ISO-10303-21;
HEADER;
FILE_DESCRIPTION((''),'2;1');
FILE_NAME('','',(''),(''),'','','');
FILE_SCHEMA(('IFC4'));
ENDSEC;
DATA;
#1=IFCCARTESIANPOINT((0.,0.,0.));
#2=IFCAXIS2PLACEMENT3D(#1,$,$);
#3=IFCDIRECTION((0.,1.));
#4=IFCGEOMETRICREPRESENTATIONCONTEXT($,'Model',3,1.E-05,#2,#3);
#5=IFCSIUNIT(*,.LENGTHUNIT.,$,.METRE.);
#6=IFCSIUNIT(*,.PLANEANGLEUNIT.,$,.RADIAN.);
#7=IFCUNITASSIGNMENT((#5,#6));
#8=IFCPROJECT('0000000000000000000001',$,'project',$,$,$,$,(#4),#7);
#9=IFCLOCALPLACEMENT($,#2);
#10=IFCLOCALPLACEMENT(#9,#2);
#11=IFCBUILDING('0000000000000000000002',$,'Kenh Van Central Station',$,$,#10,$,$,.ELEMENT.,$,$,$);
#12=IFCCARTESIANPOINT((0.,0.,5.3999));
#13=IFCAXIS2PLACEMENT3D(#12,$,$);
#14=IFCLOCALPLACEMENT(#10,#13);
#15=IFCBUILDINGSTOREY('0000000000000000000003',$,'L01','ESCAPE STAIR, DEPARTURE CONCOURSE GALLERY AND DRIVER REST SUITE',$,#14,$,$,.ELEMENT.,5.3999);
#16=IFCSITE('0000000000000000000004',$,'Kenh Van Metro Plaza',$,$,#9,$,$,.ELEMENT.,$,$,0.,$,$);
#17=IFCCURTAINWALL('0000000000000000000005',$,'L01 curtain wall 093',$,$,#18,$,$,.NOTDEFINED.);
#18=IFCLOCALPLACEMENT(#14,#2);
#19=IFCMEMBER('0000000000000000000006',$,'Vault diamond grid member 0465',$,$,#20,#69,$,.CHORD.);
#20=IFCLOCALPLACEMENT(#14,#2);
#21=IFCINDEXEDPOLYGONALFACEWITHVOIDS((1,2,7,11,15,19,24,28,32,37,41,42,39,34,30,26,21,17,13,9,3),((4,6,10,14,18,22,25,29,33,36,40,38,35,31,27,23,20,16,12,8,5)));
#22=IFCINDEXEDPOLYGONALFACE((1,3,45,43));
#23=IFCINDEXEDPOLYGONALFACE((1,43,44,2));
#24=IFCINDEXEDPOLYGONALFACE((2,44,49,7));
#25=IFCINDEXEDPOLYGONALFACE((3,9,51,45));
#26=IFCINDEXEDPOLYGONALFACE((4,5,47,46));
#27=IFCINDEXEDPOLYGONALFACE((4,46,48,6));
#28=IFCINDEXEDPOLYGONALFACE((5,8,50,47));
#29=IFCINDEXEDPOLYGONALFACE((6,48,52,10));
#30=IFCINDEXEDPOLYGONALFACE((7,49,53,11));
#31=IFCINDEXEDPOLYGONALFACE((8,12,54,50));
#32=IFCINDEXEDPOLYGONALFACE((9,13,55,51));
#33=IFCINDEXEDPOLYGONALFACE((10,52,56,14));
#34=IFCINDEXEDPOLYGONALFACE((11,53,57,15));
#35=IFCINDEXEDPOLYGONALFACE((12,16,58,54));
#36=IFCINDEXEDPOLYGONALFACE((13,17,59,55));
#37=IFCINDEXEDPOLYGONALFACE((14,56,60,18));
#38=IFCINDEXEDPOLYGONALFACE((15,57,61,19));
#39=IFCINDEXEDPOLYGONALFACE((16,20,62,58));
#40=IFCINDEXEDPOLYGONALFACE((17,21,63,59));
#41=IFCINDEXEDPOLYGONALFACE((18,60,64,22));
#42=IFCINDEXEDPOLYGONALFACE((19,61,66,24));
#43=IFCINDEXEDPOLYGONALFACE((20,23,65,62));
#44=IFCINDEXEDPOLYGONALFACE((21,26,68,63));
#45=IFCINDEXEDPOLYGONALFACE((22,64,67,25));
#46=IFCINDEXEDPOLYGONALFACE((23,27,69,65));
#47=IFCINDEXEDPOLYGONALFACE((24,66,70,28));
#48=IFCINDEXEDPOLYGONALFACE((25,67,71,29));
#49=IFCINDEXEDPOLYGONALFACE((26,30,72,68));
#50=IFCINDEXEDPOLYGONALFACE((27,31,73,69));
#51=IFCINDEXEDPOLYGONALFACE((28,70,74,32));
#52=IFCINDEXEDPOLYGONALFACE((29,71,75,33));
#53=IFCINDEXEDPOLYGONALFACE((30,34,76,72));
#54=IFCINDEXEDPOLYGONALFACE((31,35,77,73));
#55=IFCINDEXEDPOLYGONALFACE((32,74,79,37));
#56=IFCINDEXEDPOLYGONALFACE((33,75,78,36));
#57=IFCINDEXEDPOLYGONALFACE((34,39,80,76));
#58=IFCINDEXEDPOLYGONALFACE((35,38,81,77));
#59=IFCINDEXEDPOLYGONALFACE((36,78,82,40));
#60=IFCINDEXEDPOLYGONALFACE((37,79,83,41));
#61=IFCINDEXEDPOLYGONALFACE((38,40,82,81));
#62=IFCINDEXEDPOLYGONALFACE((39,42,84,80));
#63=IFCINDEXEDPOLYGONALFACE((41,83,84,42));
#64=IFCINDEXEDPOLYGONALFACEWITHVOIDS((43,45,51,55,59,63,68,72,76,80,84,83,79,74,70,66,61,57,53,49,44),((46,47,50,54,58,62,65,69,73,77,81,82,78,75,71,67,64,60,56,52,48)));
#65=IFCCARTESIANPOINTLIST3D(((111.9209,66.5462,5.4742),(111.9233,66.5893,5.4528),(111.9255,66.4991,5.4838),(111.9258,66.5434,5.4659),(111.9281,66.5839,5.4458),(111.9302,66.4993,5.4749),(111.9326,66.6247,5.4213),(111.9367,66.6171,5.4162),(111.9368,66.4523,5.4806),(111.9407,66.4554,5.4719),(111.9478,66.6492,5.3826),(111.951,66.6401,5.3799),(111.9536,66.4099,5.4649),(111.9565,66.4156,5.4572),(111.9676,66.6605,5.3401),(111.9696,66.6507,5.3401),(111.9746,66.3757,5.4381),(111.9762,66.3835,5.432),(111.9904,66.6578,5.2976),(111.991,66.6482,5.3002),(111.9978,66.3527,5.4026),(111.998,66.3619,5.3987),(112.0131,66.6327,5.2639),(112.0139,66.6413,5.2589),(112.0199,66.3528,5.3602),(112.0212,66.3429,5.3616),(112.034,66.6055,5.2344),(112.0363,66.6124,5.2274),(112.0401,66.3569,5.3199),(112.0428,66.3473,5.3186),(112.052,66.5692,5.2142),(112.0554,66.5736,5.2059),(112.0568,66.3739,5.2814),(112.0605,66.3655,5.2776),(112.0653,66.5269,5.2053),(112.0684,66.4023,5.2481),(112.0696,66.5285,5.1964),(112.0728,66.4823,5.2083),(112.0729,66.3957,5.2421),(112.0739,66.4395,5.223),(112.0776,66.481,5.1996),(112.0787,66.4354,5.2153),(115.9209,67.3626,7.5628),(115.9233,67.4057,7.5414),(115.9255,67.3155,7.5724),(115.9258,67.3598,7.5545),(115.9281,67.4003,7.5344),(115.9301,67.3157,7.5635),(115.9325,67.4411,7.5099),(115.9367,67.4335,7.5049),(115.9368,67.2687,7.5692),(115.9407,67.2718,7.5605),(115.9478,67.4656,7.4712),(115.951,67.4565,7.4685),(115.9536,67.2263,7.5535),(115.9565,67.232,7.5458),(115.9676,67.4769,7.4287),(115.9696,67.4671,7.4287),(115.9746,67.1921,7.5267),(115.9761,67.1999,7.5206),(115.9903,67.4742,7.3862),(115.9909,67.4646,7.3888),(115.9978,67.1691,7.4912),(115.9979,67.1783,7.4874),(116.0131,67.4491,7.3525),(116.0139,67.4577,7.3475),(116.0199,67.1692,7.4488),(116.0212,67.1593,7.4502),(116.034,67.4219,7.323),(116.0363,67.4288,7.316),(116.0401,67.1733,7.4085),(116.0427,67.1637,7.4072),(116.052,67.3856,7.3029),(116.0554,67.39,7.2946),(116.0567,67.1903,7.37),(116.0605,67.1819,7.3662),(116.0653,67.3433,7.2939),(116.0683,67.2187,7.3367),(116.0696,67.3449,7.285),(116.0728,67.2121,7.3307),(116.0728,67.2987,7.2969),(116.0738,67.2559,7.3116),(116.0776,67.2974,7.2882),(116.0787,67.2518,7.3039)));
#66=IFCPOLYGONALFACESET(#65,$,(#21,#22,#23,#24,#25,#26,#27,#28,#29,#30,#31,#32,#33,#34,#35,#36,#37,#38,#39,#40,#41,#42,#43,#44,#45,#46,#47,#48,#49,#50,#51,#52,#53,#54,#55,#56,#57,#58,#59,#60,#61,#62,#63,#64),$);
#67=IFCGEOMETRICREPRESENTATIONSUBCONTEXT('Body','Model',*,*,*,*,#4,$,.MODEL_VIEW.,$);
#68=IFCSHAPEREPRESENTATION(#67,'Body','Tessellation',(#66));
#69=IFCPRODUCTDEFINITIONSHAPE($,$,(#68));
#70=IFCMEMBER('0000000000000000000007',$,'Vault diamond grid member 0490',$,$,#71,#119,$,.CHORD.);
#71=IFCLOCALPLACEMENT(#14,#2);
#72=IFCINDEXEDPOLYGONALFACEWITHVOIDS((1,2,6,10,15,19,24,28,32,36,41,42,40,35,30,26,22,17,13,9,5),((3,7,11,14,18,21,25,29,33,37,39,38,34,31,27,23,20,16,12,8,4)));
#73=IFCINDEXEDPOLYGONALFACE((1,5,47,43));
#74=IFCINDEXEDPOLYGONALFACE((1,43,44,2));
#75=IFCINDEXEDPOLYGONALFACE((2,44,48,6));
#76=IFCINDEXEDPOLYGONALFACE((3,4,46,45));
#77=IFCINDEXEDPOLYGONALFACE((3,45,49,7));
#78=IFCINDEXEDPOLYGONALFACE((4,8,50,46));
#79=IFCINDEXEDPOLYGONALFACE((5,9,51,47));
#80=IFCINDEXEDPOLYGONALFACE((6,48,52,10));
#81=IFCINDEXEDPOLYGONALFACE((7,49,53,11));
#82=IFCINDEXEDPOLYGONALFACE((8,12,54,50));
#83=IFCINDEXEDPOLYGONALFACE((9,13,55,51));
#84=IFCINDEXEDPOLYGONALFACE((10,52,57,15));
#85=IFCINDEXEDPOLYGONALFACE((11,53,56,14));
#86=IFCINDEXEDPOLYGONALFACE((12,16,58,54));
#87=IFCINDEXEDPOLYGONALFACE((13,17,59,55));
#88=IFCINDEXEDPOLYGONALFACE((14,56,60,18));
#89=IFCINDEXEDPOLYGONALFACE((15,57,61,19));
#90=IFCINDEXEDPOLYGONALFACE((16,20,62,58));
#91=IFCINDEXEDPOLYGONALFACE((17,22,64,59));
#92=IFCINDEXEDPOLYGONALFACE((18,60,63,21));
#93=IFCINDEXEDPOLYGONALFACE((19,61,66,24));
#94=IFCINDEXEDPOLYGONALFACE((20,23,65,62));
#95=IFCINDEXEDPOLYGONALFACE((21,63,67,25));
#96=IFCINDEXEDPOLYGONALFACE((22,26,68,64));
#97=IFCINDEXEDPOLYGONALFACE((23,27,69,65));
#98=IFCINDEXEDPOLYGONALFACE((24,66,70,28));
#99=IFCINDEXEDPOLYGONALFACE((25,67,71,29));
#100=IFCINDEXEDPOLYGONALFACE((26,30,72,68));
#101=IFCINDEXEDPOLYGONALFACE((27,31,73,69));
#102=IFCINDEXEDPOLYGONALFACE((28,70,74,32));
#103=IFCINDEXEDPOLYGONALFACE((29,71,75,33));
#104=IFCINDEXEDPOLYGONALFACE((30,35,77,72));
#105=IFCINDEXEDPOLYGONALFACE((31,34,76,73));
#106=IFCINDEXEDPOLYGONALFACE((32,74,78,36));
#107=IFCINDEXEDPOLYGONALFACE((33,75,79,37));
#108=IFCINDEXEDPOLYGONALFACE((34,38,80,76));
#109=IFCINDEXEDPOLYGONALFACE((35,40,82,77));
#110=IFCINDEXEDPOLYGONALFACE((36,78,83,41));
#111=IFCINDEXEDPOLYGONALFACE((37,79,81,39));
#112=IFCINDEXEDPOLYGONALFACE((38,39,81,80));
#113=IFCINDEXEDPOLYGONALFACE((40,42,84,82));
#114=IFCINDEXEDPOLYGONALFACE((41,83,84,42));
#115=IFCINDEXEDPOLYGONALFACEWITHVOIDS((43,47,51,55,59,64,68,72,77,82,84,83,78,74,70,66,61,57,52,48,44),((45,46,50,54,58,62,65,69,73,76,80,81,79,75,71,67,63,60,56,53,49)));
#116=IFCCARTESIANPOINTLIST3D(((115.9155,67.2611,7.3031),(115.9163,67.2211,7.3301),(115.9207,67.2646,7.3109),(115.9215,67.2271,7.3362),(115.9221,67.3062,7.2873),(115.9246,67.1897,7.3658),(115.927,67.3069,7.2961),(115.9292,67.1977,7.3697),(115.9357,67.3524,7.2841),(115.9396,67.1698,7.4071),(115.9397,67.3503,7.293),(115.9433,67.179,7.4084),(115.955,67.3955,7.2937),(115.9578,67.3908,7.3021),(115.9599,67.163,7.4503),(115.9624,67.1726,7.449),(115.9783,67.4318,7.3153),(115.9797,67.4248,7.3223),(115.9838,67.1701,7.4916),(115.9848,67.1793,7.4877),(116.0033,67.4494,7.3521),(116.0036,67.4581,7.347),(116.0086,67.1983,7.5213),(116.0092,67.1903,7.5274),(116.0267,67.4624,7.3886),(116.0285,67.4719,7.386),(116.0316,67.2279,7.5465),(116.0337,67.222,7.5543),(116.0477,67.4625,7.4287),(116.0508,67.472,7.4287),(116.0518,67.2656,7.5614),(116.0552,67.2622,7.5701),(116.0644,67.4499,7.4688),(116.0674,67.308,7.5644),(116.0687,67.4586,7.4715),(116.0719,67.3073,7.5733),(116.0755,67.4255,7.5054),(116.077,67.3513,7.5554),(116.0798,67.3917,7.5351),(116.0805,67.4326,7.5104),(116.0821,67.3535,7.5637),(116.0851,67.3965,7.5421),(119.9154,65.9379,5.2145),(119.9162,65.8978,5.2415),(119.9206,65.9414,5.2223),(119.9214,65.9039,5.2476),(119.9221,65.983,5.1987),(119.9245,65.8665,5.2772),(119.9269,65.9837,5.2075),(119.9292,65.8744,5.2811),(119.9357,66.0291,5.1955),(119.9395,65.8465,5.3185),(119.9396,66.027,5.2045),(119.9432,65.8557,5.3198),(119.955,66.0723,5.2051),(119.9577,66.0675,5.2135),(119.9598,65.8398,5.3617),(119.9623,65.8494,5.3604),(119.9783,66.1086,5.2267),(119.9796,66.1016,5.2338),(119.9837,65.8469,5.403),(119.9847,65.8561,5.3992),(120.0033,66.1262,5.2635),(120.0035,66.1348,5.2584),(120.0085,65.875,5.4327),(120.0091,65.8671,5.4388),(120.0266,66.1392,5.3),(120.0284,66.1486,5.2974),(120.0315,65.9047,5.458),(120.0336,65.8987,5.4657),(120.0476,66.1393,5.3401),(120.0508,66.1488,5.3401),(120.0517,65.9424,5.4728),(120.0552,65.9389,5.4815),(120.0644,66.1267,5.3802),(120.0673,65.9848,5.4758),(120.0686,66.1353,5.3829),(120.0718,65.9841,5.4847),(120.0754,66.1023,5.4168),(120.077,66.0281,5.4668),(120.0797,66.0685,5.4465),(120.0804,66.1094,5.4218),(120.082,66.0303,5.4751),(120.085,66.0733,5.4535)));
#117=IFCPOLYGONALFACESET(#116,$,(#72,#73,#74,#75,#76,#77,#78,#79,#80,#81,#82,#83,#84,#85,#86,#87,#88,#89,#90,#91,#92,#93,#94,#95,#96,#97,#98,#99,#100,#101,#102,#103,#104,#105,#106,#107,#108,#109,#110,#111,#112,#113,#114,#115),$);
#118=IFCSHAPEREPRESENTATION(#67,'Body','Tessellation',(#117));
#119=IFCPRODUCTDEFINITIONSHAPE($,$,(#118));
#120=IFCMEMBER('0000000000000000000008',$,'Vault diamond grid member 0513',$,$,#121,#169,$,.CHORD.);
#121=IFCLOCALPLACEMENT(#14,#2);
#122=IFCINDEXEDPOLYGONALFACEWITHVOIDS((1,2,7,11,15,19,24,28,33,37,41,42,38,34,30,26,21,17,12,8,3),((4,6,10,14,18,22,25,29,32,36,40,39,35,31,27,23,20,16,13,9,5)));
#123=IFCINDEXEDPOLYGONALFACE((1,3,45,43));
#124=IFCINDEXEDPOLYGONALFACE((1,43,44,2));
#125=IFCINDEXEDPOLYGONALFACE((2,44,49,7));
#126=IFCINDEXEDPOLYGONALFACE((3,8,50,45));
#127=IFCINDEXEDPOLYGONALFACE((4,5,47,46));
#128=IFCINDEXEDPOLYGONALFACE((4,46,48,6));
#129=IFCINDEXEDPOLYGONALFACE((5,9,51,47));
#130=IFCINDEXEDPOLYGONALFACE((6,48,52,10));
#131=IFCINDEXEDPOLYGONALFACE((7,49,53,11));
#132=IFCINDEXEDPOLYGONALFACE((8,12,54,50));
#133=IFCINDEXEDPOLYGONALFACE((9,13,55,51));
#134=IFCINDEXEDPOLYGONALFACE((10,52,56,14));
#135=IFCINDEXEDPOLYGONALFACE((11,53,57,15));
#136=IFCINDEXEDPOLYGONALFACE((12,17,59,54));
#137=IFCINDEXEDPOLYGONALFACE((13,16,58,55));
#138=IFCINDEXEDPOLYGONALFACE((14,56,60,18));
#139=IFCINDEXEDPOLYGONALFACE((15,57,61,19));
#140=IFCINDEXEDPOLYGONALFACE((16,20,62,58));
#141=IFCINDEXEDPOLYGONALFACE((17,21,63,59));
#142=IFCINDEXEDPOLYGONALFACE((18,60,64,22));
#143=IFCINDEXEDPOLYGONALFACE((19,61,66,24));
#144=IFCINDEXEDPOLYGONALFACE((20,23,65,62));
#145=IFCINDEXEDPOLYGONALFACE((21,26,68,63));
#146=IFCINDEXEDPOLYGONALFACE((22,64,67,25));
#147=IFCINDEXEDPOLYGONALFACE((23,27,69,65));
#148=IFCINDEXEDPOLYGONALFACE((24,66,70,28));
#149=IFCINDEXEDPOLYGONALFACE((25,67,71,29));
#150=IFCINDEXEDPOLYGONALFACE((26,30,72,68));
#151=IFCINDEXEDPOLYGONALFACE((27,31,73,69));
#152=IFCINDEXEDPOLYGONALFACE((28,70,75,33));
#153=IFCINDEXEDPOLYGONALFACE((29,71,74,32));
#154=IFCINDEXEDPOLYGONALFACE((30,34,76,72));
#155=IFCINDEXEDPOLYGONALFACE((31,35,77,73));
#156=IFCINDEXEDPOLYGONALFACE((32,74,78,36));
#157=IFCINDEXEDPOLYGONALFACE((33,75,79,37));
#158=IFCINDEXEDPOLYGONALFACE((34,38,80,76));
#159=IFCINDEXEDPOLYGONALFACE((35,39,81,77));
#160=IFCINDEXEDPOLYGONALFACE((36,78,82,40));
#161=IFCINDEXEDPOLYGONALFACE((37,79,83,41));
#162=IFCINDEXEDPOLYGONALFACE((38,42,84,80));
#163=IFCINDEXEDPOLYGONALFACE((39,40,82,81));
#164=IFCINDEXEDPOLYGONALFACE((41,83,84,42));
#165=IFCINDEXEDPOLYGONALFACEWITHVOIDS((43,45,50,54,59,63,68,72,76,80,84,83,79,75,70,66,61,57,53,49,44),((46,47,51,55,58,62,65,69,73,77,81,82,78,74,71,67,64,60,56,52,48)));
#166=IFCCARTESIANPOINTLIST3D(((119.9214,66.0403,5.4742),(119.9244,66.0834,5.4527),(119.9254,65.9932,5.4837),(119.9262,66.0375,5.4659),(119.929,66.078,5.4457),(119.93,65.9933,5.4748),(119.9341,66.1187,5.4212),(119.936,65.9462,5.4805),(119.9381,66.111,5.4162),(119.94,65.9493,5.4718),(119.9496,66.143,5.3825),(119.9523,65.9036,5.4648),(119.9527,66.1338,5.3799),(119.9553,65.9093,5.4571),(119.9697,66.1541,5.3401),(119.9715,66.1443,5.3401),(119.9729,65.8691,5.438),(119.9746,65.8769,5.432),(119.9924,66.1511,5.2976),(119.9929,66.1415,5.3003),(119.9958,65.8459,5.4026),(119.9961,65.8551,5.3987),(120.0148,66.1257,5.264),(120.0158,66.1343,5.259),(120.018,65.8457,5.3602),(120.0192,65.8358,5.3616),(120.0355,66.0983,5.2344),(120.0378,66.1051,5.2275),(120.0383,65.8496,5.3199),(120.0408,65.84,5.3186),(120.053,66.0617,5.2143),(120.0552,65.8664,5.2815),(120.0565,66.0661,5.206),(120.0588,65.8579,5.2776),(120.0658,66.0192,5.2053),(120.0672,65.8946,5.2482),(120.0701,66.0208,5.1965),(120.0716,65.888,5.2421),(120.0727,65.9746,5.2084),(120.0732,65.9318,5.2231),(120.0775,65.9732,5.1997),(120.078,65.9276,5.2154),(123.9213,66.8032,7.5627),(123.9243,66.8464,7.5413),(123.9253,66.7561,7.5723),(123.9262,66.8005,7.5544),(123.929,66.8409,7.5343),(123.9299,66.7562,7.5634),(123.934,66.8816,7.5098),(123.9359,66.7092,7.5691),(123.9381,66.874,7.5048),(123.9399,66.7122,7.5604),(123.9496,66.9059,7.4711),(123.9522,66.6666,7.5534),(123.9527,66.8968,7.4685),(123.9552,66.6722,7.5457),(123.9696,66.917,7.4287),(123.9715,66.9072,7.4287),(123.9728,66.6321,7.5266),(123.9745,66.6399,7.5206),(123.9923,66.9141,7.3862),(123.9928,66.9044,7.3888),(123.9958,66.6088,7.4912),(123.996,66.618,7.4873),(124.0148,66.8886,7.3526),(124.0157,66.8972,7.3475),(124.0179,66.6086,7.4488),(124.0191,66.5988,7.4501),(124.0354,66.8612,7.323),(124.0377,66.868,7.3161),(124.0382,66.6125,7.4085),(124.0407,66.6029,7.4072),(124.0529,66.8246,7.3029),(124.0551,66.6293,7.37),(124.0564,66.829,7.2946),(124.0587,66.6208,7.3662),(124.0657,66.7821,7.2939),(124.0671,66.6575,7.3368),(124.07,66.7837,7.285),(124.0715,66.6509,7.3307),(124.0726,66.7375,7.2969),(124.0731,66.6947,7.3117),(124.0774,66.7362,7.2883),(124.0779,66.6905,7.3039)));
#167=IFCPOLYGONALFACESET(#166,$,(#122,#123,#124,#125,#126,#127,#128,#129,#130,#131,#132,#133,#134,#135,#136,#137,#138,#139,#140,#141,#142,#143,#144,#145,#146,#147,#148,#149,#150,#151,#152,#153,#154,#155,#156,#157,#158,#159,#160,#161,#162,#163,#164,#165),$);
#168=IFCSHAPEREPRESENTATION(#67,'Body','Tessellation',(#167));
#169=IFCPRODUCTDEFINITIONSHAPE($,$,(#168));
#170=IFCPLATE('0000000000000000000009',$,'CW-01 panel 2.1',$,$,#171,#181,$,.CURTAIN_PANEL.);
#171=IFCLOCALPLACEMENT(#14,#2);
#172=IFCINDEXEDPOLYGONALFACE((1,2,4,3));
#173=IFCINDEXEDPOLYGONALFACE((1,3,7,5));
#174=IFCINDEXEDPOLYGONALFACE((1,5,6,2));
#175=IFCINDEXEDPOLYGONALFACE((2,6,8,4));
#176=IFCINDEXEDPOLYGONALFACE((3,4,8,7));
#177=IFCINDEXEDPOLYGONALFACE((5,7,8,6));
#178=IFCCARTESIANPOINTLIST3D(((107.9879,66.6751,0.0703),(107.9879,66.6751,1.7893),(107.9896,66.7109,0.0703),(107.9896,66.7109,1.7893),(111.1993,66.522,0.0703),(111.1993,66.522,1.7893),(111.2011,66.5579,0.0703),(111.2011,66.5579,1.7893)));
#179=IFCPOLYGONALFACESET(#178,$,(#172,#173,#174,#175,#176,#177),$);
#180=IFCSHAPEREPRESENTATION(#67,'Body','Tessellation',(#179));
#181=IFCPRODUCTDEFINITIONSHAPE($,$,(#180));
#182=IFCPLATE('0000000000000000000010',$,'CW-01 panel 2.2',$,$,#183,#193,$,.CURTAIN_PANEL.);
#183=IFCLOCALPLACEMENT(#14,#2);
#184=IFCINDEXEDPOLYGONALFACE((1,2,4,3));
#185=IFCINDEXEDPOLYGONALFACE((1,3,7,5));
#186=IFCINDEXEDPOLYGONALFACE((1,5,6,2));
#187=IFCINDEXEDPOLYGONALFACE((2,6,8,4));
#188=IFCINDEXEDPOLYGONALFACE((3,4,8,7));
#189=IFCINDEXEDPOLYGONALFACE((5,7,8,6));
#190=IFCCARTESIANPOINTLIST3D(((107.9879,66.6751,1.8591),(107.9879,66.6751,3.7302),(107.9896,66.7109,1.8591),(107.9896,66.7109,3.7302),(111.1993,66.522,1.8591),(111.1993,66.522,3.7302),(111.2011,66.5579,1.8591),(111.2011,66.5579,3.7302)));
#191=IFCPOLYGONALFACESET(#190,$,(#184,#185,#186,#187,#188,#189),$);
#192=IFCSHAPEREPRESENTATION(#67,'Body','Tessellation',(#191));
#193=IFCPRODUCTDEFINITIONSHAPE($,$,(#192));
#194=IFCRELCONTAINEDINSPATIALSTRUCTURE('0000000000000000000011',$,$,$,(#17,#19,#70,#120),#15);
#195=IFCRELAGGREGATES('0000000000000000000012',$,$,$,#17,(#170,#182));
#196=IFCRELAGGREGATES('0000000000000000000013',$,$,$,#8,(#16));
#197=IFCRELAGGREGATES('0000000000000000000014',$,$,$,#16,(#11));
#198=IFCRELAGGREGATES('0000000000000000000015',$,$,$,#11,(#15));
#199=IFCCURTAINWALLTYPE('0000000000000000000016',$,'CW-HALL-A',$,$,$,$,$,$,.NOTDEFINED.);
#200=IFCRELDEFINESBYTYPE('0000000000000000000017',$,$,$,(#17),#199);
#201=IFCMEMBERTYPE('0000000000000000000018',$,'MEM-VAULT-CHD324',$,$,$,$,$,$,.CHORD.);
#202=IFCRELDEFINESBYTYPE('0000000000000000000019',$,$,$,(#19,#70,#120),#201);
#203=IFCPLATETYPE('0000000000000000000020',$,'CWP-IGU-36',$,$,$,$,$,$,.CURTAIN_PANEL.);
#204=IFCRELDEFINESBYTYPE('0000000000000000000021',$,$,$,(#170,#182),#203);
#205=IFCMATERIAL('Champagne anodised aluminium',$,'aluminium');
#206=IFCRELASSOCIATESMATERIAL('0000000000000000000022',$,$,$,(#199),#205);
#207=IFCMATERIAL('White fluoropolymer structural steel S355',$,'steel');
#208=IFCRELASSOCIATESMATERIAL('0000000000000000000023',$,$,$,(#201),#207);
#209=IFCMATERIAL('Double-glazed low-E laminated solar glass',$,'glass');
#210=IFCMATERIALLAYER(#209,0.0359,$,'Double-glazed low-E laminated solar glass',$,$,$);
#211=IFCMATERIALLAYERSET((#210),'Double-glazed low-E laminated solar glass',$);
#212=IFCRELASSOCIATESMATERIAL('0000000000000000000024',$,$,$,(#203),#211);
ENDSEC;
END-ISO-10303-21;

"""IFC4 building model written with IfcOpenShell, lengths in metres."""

from ifc_helpers import new_model, si_unit, direction, frame, origin, origin_2d, place, context, subcontext, project, spatial, rectangle, hollow_circle, extrude, material, layer, layer_set, material_profile, profile_set, type_object, element, aggregate, save


model = new_model("IFC4")

# Units and contexts
model_context = context("Model", 3, precision=1e-05, world=origin(), true_north=direction((0.0, 1.0)))
body_context = subcontext(model_context, "Body", "Model", "MODEL_VIEW")
ifc_project = project(units=[si_unit("LENGTHUNIT", "METRE"), si_unit("PLANEANGLEUNIT", "RADIAN")], contexts=[model_context])

# Site, building, storey
site_placement = place(None, origin())
site = spatial("IfcSite", under=ifc_project, at=site_placement, Name="Kenh Van Metro Plaza", CompositionType="ELEMENT", RefElevation=0.0)
building_placement = place(site_placement, origin())
building = spatial("IfcBuilding", under=site, at=building_placement, Name="Kenh Van Central Station", CompositionType="ELEMENT")
storey_placement = place(building_placement, frame((0.0, 0.0, 5.3999)))
storey = spatial("IfcBuildingStorey", under=building, at=storey_placement, Name="L01", Description="ESCAPE STAIR, DEPARTURE CONCOURSE GALLERY AND DRIVER REST SUITE", CompositionType="ELEMENT", Elevation=5.3999)

# Shared definitions
ifc_material_1 = material(Name="White fluoropolymer structural steel S355", Category="steel")

# Shared definitions
ifc_material_2 = material(Name="Champagne anodised aluminium", Category="aluminium")

# Curtain wall
curtain_wall_type_1 = type_object("IfcCurtainWallType", Name="CW-HALL-A", PredefinedType="NOTDEFINED", material=ifc_material_2)
curtain_wall_1_placement = place(storey_placement, origin())
curtain_wall_1 = element("IfcCurtainWall", 1, at=curtain_wall_1_placement, inside=storey, type_object=curtain_wall_type_1, Name="L01 curtain wall 093", PredefinedType="NOTDEFINED")

# Members
ifc_material_profile_1 = material_profile(ifc_material_1, hollow_circle(Radius=0.1619, WallThickness=0.01, at=origin_2d()), Name="CHS 323.9x10")
ifc_profile_set_1 = profile_set([ifc_material_profile_1], Name="White fluoropolymer structural steel S355")
member_type_1 = type_object("IfcMemberType", Name="MEM-VAULT-CHD324", PredefinedType="CHORD", material=ifc_profile_set_1)
member_1_placement = place(storey_placement, frame((112.0, 66.502, 5.3401), z_axis=(0.872272, 0.178032, 0.455462), x_axis=(-0.199979, 0.9798, 0.0)))
element("IfcMember", 2, at=member_1_placement, inside=storey, type_object=member_type_1, Name="Vault diamond grid member 0465", PredefinedType="CHORD", context=body_context, shape_type="SweptSolid", body=[
    extrude(hollow_circle(Radius=0.1619, WallThickness=0.01, at=origin_2d()), origin(), (0.0, 0.0, 1.0), 4.5857),
])
member_2_placement = place(storey_placement, frame((116.0, 67.3184, 7.4287), z_axis=(0.850615, -0.281392, -0.444154), x_axis=(0.314071, 0.949399, 0.0)))
element("IfcMember", 3, at=member_2_placement, inside=storey, type_object=member_type_1, Name="Vault diamond grid member 0490", PredefinedType="CHORD", context=body_context, shape_type="SweptSolid", body=[
    extrude(hollow_circle(Radius=0.1619, WallThickness=0.01, at=origin_2d()), origin(), (0.0, 0.0, 1.0), 4.7024),
])
member_3_placement = place(storey_placement, frame((120.0, 65.9951, 5.3401), z_axis=(0.874029, 0.166708, 0.456379), x_axis=(-0.187357, 0.982292, 0.0)))
element("IfcMember", 4, at=member_3_placement, inside=storey, type_object=member_type_1, Name="Vault diamond grid member 0513", PredefinedType="CHORD", context=body_context, shape_type="SweptSolid", body=[
    extrude(hollow_circle(Radius=0.1619, WallThickness=0.01, at=origin_2d()), origin(), (0.0, 0.0, 1.0), 4.5764),
])

# Plates
ifc_material_3 = material(Name="Double-glazed low-E laminated solar glass", Category="glass")
ifc_layer_1 = layer(ifc_material_3, 0.0359, Name="Double-glazed low-E laminated solar glass")
ifc_layer_set_1 = layer_set([ifc_layer_1], Name="Double-glazed low-E laminated solar glass")
plate_type = type_object("IfcPlateType", Name="CWP-IGU-36", PredefinedType="CURTAIN_PANEL", material=ifc_layer_set_1)
plate_1_placement = place(storey_placement, frame((109.5945, 66.6165, 0.0703), z_axis=(0.0, 0.0, 1.0), x_axis=(0.998866, -0.047601, 0.0)))
plate_1 = element("IfcPlate", 5, at=plate_1_placement, type_object=plate_type, Name="CW-01 panel 2.1", PredefinedType="CURTAIN_PANEL", context=body_context, shape_type="SweptSolid", body=[
    extrude(rectangle(XDim=3.2151, YDim=0.0359, at=origin_2d()), origin(), (0.0, 0.0, 1.0), 1.719),
])
plate_2_placement = place(storey_placement, frame((109.5945, 66.6165, 1.8591), z_axis=(0.0, 0.0, 1.0), x_axis=(0.998866, -0.047601, 0.0)))
plate_2 = element("IfcPlate", 6, at=plate_2_placement, type_object=plate_type, Name="CW-01 panel 2.2", PredefinedType="CURTAIN_PANEL", context=body_context, shape_type="SweptSolid", body=[
    extrude(rectangle(XDim=3.2151, YDim=0.0359, at=origin_2d()), origin(), (0.0, 0.0, 1.0), 1.8711),
])
aggregate(curtain_wall_1, [plate_1, plate_2])

save(model, "model.ifc")
